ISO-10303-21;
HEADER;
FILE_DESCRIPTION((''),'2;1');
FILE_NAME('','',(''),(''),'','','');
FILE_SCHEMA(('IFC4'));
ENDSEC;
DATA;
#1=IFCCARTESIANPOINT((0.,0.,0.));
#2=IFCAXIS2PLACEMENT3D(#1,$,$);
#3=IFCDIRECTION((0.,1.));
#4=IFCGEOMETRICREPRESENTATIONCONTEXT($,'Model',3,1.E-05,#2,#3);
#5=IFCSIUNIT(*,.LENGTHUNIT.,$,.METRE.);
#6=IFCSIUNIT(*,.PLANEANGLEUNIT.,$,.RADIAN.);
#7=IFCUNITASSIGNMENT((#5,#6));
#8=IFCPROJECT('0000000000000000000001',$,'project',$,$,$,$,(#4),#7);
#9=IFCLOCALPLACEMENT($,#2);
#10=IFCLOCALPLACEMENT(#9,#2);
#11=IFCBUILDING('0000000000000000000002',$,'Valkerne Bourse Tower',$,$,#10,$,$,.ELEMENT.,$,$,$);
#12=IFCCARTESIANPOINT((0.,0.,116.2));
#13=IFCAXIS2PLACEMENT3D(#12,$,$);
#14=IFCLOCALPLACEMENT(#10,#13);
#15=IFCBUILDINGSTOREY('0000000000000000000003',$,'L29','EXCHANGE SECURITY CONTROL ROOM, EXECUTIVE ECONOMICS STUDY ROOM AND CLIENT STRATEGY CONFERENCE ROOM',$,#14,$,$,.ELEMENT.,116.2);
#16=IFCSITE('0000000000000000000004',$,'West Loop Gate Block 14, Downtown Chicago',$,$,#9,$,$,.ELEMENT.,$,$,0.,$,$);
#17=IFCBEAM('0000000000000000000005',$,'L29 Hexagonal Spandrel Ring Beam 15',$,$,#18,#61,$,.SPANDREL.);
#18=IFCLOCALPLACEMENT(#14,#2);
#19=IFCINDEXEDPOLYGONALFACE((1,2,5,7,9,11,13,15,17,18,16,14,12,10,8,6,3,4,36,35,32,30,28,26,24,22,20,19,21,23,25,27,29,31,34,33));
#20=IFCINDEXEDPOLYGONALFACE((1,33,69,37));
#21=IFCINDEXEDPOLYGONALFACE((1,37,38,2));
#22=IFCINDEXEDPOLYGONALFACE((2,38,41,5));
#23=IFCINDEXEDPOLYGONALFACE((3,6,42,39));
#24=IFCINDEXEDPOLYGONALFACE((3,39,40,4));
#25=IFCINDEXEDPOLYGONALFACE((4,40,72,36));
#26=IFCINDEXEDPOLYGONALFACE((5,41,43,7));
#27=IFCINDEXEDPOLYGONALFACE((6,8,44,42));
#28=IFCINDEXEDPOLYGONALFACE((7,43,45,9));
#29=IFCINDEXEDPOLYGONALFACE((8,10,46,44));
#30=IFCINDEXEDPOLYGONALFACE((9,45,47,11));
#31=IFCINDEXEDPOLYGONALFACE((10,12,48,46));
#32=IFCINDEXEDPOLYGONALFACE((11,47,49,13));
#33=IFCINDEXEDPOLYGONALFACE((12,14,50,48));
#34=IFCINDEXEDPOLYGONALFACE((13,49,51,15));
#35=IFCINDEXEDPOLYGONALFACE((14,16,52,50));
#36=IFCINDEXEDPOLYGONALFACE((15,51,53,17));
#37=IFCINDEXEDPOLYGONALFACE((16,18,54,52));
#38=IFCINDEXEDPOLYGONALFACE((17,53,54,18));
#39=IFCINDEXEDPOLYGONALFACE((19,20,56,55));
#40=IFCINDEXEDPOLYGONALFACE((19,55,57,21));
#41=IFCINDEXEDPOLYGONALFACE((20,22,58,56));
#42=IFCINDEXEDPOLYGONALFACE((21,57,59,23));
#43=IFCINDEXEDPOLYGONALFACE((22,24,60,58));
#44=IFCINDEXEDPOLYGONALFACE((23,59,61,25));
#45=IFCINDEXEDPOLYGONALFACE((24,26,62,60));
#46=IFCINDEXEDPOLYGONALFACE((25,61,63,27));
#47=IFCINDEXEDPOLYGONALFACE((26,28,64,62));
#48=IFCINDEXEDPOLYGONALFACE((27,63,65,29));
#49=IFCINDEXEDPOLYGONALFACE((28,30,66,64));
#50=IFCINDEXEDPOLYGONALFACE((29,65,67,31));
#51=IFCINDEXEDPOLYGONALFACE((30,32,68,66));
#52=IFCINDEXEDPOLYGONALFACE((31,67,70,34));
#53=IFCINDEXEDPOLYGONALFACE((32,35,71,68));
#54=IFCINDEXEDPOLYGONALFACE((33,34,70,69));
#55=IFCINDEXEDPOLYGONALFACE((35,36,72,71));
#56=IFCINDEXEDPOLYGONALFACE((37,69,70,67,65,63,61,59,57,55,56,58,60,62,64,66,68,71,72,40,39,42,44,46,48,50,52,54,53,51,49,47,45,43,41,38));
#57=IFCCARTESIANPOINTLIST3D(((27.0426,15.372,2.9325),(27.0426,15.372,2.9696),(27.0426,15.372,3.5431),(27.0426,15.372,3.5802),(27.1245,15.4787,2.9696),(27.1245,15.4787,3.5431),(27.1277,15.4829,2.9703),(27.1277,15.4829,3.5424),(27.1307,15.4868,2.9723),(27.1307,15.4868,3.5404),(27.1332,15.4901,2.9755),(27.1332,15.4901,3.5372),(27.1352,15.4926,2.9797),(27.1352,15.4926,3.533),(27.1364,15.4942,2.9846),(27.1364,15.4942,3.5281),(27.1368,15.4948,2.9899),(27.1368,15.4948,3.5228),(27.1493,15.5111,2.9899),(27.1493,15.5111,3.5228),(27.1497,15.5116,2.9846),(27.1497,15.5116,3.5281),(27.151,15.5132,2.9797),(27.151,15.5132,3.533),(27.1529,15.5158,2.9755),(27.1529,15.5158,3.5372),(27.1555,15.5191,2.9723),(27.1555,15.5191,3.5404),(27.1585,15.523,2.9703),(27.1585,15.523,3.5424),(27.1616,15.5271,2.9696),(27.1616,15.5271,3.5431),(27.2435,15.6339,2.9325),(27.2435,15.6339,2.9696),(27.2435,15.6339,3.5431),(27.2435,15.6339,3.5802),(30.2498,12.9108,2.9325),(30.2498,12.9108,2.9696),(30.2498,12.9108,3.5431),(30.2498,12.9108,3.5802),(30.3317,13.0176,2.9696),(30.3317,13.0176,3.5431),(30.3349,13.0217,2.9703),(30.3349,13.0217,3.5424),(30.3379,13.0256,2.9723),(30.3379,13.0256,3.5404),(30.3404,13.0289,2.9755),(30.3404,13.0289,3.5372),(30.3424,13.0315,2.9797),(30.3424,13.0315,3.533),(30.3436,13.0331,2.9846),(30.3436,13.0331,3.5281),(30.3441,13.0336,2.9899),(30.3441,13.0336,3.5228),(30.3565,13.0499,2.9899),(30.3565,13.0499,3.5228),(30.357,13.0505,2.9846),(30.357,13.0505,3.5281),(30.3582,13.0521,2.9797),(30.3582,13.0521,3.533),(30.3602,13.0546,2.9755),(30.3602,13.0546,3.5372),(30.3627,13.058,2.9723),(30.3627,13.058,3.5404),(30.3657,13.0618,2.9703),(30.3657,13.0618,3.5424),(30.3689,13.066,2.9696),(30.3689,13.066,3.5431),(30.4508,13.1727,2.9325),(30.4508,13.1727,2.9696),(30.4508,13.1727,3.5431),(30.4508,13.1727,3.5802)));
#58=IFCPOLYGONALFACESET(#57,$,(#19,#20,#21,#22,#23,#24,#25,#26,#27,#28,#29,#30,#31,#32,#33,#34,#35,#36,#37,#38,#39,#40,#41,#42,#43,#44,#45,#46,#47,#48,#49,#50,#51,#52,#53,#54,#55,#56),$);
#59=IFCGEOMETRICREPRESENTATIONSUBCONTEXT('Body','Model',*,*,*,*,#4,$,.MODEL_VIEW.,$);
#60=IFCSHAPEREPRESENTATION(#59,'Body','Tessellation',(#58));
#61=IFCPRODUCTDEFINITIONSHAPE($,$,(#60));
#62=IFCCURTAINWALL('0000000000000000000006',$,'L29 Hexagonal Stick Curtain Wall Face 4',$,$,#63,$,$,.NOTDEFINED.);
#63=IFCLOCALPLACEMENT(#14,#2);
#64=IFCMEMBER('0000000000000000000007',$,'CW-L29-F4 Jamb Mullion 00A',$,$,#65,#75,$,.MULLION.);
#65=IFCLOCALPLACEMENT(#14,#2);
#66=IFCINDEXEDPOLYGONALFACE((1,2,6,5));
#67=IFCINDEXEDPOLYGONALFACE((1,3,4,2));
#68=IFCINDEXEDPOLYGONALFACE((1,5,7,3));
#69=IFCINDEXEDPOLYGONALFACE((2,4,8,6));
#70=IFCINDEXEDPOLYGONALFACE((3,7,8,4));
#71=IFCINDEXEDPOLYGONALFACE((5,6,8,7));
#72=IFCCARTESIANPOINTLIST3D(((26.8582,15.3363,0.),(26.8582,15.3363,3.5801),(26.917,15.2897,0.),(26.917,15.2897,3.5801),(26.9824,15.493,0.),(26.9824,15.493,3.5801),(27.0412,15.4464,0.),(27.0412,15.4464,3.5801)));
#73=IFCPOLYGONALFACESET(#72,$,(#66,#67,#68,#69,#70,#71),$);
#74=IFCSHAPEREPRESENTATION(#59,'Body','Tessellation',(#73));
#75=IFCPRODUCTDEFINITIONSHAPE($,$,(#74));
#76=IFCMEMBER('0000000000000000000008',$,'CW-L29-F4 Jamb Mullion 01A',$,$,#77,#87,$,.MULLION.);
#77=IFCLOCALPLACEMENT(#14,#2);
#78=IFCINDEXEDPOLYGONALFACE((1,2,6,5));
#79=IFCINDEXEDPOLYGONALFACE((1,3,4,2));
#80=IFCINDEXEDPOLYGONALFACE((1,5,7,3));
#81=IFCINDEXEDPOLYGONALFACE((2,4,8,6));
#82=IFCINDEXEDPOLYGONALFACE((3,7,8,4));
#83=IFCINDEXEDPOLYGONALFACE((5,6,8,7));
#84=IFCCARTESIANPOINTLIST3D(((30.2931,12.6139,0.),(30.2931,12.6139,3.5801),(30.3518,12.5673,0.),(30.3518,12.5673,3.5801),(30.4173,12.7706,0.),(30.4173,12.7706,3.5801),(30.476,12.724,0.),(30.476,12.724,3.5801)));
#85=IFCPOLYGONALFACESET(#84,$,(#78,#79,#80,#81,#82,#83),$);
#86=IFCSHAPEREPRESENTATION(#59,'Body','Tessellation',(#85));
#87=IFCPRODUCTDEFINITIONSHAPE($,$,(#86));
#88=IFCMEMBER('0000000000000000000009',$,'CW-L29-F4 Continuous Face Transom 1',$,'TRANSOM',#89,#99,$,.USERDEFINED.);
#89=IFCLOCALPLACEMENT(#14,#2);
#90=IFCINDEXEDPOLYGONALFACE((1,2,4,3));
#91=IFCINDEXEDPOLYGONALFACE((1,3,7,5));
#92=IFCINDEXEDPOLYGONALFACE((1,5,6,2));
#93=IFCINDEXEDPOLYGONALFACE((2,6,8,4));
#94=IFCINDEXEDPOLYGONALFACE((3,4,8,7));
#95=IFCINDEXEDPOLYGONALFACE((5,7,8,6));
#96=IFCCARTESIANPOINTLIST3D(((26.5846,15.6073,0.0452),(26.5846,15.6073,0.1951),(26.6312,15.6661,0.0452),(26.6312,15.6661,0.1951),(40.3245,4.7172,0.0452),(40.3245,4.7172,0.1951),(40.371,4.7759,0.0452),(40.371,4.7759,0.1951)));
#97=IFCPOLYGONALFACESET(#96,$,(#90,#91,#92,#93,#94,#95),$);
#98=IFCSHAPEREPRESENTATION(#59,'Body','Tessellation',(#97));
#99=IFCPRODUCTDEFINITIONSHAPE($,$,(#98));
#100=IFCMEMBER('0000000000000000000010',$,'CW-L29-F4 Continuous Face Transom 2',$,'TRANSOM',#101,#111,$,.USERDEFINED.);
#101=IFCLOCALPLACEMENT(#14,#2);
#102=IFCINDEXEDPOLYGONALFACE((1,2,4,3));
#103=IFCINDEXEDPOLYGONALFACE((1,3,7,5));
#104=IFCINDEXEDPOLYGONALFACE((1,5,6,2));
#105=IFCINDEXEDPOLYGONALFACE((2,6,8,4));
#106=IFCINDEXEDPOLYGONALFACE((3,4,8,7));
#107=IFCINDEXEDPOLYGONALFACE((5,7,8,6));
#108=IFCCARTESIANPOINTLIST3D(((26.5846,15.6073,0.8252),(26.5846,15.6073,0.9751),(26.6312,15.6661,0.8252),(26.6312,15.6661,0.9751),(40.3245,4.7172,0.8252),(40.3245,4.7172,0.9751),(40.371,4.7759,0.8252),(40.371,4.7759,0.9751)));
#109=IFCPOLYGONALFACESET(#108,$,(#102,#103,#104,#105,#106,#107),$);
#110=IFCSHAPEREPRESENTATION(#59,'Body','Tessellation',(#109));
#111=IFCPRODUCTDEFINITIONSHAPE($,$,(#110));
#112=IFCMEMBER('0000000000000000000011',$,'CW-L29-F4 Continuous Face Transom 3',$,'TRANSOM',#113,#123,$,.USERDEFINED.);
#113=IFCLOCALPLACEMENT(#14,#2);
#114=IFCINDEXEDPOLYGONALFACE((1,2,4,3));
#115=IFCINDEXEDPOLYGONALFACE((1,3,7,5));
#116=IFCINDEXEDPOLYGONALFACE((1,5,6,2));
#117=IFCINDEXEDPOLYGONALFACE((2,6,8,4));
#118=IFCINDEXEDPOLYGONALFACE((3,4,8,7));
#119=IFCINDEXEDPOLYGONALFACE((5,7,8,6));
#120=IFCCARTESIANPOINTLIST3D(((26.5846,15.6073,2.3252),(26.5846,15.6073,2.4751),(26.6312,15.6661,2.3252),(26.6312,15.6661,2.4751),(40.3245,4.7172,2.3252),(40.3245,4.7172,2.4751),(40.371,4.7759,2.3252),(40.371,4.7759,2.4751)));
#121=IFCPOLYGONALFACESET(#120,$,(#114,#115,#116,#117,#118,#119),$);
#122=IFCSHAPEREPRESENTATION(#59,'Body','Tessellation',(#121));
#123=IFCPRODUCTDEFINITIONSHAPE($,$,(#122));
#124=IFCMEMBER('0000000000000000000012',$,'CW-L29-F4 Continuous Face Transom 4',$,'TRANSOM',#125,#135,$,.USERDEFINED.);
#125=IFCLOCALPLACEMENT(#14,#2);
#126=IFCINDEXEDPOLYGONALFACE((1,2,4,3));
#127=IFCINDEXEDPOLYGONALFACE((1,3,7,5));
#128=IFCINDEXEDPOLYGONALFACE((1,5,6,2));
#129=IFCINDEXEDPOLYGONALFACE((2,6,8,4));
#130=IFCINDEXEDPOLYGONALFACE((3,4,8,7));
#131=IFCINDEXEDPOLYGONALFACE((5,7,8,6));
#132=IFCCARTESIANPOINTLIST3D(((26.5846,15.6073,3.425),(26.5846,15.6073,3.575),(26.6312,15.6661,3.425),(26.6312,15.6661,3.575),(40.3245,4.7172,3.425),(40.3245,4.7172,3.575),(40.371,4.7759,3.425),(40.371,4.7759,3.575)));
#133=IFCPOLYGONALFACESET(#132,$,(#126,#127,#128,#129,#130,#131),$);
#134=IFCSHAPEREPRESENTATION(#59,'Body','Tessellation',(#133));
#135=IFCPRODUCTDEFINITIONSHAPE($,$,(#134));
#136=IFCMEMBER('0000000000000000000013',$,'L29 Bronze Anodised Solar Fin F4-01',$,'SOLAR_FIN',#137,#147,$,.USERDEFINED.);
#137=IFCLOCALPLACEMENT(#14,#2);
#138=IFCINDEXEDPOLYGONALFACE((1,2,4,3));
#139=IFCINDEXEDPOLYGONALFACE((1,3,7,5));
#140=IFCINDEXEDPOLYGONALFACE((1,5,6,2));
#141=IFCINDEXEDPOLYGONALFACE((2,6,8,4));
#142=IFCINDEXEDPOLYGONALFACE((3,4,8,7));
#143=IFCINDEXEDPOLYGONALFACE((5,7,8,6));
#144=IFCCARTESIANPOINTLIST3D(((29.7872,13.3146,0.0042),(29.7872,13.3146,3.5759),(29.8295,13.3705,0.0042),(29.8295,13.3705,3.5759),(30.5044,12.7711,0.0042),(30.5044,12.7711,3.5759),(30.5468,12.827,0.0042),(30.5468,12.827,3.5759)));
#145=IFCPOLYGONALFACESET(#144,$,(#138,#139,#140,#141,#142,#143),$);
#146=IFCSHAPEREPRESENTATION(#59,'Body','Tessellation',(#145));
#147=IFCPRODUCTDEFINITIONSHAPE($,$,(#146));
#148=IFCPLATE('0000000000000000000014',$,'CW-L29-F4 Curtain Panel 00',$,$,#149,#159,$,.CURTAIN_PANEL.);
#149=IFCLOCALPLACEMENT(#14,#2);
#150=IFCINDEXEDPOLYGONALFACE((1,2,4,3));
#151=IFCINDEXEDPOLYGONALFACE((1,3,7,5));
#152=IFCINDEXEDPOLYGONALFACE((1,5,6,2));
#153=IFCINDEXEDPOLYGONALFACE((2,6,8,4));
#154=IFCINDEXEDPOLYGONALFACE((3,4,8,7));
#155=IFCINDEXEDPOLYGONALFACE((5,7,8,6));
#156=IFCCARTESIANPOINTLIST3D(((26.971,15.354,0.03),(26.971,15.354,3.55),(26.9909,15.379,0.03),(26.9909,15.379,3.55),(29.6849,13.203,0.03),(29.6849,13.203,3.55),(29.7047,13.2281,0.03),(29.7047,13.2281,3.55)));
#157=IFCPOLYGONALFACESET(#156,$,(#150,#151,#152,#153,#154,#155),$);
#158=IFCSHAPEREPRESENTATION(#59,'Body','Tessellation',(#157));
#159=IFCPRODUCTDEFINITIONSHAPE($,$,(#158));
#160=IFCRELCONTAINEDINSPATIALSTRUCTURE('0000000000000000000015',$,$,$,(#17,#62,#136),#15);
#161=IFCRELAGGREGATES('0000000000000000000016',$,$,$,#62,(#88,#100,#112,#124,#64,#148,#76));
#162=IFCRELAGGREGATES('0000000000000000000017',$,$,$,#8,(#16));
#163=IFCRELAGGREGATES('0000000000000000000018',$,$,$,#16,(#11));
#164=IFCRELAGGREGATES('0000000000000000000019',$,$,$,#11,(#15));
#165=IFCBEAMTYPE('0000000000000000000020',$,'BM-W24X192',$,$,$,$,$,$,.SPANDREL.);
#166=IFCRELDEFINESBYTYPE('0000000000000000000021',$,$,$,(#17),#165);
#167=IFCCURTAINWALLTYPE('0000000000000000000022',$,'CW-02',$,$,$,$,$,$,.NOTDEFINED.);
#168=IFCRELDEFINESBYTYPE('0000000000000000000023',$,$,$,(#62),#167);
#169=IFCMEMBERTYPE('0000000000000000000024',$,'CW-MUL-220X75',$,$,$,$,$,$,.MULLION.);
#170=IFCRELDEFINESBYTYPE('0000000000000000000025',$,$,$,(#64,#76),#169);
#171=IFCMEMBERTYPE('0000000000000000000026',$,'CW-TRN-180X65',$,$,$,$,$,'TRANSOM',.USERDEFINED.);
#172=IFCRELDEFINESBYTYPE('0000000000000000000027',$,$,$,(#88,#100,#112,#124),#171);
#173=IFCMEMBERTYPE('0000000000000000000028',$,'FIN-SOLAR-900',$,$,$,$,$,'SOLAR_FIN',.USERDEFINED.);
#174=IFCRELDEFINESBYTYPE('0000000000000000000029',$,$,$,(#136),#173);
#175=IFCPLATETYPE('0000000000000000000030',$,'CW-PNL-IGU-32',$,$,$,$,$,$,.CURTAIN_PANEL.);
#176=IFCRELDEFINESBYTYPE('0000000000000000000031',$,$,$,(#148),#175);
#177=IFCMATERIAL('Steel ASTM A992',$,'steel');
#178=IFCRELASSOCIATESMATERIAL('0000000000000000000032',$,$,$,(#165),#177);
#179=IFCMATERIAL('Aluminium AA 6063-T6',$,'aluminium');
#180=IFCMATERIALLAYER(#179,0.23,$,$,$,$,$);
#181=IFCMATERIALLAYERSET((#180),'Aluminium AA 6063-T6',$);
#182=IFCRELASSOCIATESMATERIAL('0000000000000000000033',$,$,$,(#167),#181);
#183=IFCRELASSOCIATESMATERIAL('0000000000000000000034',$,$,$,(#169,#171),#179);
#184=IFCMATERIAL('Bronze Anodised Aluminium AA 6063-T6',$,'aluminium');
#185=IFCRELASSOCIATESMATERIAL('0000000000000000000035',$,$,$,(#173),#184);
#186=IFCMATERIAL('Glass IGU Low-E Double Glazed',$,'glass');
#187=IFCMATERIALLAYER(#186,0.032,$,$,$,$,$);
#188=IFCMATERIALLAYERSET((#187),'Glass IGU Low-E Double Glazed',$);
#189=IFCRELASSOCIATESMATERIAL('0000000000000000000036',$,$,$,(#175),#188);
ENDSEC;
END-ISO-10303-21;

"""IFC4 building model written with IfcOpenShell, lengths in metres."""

from ifc_helpers import new_model, si_unit, direction, frame, origin, origin_2d, place, context, subcontext, project, spatial, rectangle, i_section, extrude, material, layer, layer_set, material_profile, profile_set, type_object, element, aggregate, save


model = new_model("IFC4")

# Units and contexts
model_context = context("Model", 3, precision=1e-05, world=origin(), true_north=direction((0.0, 1.0)))
body_context = subcontext(model_context, "Body", "Model", "MODEL_VIEW")
ifc_project = project(units=[si_unit("LENGTHUNIT", "METRE"), si_unit("PLANEANGLEUNIT", "RADIAN")], contexts=[model_context])

# Site, building, storey
site_placement = place(None, origin())
site = spatial("IfcSite", under=ifc_project, at=site_placement, Name="West Loop Gate Block 14, Downtown Chicago", CompositionType="ELEMENT", RefElevation=0.0)
building_placement = place(site_placement, origin())
building = spatial("IfcBuilding", under=site, at=building_placement, Name="Valkerne Bourse Tower", CompositionType="ELEMENT")
storey_placement = place(building_placement, frame((0.0, 0.0, 116.2)))
storey = spatial("IfcBuildingStorey", under=building, at=storey_placement, Name="L29", Description="EXCHANGE SECURITY CONTROL ROOM, EXECUTIVE ECONOMICS STUDY ROOM AND CLIENT STRATEGY CONFERENCE ROOM", CompositionType="ELEMENT", Elevation=116.2)

# Beam
ifc_material_1 = material(Name="Steel ASTM A992", Category="steel")
ifc_material_profile_1 = material_profile(ifc_material_1, i_section(OverallWidth=0.3301, OverallDepth=0.6477, WebThickness=0.0205, FlangeThickness=0.0371, FilletRadius=0.0203, at=origin_2d()), Name="W24X192")
ifc_profile_set_1 = profile_set([ifc_material_profile_1], Name="Steel ASTM A992")
beam_type_1 = type_object("IfcBeamType", Name="BM-W24X192", PredefinedType="SPANDREL", material=ifc_profile_set_1)
beam_1_placement = place(storey_placement, frame((27.1431, 15.5029, 3.2563), z_axis=(0.793335, -0.608785, 0.0), x_axis=(0.608785, 0.793335, 0.0)))
element("IfcBeam", 1, at=beam_1_placement, inside=storey, type_object=beam_type_1, Name="L29 Hexagonal Spandrel Ring Beam 15", PredefinedType="SPANDREL", context=body_context, shape_type="SweptSolid", body=[
    extrude(i_section(OverallWidth=0.3301, OverallDepth=0.6477, WebThickness=0.0205, FlangeThickness=0.0371, FilletRadius=0.0203, at=origin_2d()), origin(), (0.0, 0.0, 1.0), 4.0427),
])

# Curtain wall, members
ifc_material_2 = material(Name="Aluminium AA 6063-T6", Category="aluminium")
ifc_layer_1 = layer(ifc_material_2, 0.23)
ifc_layer_set_1 = layer_set([ifc_layer_1], Name="Aluminium AA 6063-T6")
curtain_wall_type = type_object("IfcCurtainWallType", Name="CW-02", PredefinedType="NOTDEFINED", material=ifc_layer_set_1)
curtain_wall_placement = place(storey_placement, origin())
curtain_wall = element("IfcCurtainWall", 2, at=curtain_wall_placement, inside=storey, type_object=curtain_wall_type, Name="L29 Hexagonal Stick Curtain Wall Face 4", PredefinedType="NOTDEFINED")
ifc_material_profile_2 = material_profile(ifc_material_2, rectangle(XDim=0.075, YDim=0.2, at=origin_2d()), Name="CWM-75X200")
ifc_profile_set_2 = profile_set([ifc_material_profile_2], Name="Aluminium AA 6063-T6")
member_type_1 = type_object("IfcMemberType", Name="CW-MUL-220X75", PredefinedType="MULLION", material=ifc_profile_set_2)
member_1_placement = place(storey_placement, frame((26.9497, 15.3914, 0.0), z_axis=(0.0, 0.0, 1.0), x_axis=(0.78369, -0.621152, 0.0)))
member_1 = element("IfcMember", 3, at=member_1_placement, type_object=member_type_1, Name="CW-L29-F4 Jamb Mullion 00A", PredefinedType="MULLION", context=body_context, shape_type="SweptSolid", body=[
    extrude(rectangle(XDim=0.075, YDim=0.2, at=origin_2d()), origin(), (0.0, 0.0, 1.0), 3.5801),
])
member_2_placement = place(storey_placement, frame((30.3845, 12.6689, 0.0), z_axis=(0.0, 0.0, 1.0), x_axis=(0.78369, -0.621152, 0.0)))
member_2 = element("IfcMember", 4, at=member_2_placement, type_object=member_type_1, Name="CW-L29-F4 Jamb Mullion 01A", PredefinedType="MULLION", context=body_context, shape_type="SweptSolid", body=[
    extrude(rectangle(XDim=0.075, YDim=0.2, at=origin_2d()), origin(), (0.0, 0.0, 1.0), 3.5801),
])
ifc_material_profile_3 = material_profile(ifc_material_2, rectangle(XDim=0.075, YDim=0.1499, at=origin_2d()), Name="CWT-75X150")
ifc_profile_set_3 = profile_set([ifc_material_profile_3], Name="Aluminium AA 6063-T6")
member_type_2 = type_object("IfcMemberType", Name="CW-TRN-180X65", ElementType="TRANSOM", PredefinedType="USERDEFINED", material=ifc_profile_set_3)
member_3_placement = place(storey_placement, frame((26.6079, 15.6367, 0.1201), z_axis=(0.783689, -0.621153, 0.0), x_axis=(0.621153, 0.783689, 0.0)))
member_3 = element("IfcMember", 5, at=member_3_placement, type_object=member_type_2, Name="CW-L29-F4 Continuous Face Transom 1", ObjectType="TRANSOM", PredefinedType="USERDEFINED", context=body_context, shape_type="SweptSolid", body=[
    extrude(rectangle(XDim=0.075, YDim=0.1499, at=origin_2d()), origin(), (0.0, 0.0, 1.0), 17.5322),
])
member_4_placement = place(storey_placement, frame((26.6079, 15.6367, 0.9001), z_axis=(0.783689, -0.621153, 0.0), x_axis=(0.621153, 0.783689, 0.0)))
member_4 = element("IfcMember", 6, at=member_4_placement, type_object=member_type_2, Name="CW-L29-F4 Continuous Face Transom 2", ObjectType="TRANSOM", PredefinedType="USERDEFINED", context=body_context, shape_type="SweptSolid", body=[
    extrude(rectangle(XDim=0.075, YDim=0.1499, at=origin_2d()), origin(), (0.0, 0.0, 1.0), 17.5322),
])
member_5_placement = place(storey_placement, frame((26.6079, 15.6367, 2.4001), z_axis=(0.783689, -0.621153, 0.0), x_axis=(0.621153, 0.783689, 0.0)))
member_5 = element("IfcMember", 7, at=member_5_placement, type_object=member_type_2, Name="CW-L29-F4 Continuous Face Transom 3", ObjectType="TRANSOM", PredefinedType="USERDEFINED", context=body_context, shape_type="SweptSolid", body=[
    extrude(rectangle(XDim=0.075, YDim=0.1499, at=origin_2d()), origin(), (0.0, 0.0, 1.0), 17.5322),
])
member_6_placement = place(storey_placement, frame((26.6079, 15.6367, 3.5), z_axis=(0.783689, -0.621153, 0.0), x_axis=(0.621153, 0.783689, 0.0)))
member_6 = element("IfcMember", 8, at=member_6_placement, type_object=member_type_2, Name="CW-L29-F4 Continuous Face Transom 4", ObjectType="TRANSOM", PredefinedType="USERDEFINED", context=body_context, shape_type="SweptSolid", body=[
    extrude(rectangle(XDim=0.075, YDim=0.1499, at=origin_2d()), origin(), (0.0, 0.0, 1.0), 17.5322),
])

# Member
ifc_material_3 = material(Name="Bronze Anodised Aluminium AA 6063-T6", Category="aluminium")
ifc_material_profile_4 = material_profile(ifc_material_3, rectangle(XDim=0.0701, YDim=0.8999, at=origin_2d()), Name="FIN-70X900")
ifc_profile_set_4 = profile_set([ifc_material_profile_4], Name="Bronze Anodised Aluminium AA 6063-T6")
member_type_3 = type_object("IfcMemberType", Name="FIN-SOLAR-900", ElementType="SOLAR_FIN", PredefinedType="USERDEFINED", material=ifc_profile_set_4)
member_7_placement = place(storey_placement, frame((30.167, 13.0708, 0.0042), z_axis=(0.0, 0.0, 1.0), x_axis=(-0.603986, -0.796995, 0.0)))
element("IfcMember", 9, at=member_7_placement, inside=storey, type_object=member_type_3, Name="L29 Bronze Anodised Solar Fin F4-01", ObjectType="SOLAR_FIN", PredefinedType="USERDEFINED", context=body_context, shape_type="SweptSolid", body=[
    extrude(rectangle(XDim=0.0701, YDim=0.8999, at=origin_2d()), origin(), (0.0, 0.0, 1.0), 3.5718),
])

# Plate
ifc_material_4 = material(Name="Glass IGU Low-E Double Glazed", Category="glass")
ifc_layer_2 = layer(ifc_material_4, 0.032)
ifc_layer_set_2 = layer_set([ifc_layer_2], Name="Glass IGU Low-E Double Glazed")
plate_type = type_object("IfcPlateType", Name="CW-PNL-IGU-32", PredefinedType="CURTAIN_PANEL", material=ifc_layer_set_2)
plate_placement = place(storey_placement, frame((28.3379, 14.291, 0.03), z_axis=(0.0, 0.0, 1.0), x_axis=(0.78369, -0.621152, 0.0)))
plate = element("IfcPlate", 10, at=plate_placement, type_object=plate_type, Name="CW-L29-F4 Curtain Panel 00", PredefinedType="CURTAIN_PANEL", context=body_context, shape_type="SweptSolid", body=[
    extrude(rectangle(XDim=3.4629, YDim=0.032, at=origin_2d()), origin(), (0.0, 0.0, 1.0), 3.52),
])
aggregate(curtain_wall, [member_3, member_4, member_5, member_6, member_1, plate, member_2])

save(model, "model.ifc")
